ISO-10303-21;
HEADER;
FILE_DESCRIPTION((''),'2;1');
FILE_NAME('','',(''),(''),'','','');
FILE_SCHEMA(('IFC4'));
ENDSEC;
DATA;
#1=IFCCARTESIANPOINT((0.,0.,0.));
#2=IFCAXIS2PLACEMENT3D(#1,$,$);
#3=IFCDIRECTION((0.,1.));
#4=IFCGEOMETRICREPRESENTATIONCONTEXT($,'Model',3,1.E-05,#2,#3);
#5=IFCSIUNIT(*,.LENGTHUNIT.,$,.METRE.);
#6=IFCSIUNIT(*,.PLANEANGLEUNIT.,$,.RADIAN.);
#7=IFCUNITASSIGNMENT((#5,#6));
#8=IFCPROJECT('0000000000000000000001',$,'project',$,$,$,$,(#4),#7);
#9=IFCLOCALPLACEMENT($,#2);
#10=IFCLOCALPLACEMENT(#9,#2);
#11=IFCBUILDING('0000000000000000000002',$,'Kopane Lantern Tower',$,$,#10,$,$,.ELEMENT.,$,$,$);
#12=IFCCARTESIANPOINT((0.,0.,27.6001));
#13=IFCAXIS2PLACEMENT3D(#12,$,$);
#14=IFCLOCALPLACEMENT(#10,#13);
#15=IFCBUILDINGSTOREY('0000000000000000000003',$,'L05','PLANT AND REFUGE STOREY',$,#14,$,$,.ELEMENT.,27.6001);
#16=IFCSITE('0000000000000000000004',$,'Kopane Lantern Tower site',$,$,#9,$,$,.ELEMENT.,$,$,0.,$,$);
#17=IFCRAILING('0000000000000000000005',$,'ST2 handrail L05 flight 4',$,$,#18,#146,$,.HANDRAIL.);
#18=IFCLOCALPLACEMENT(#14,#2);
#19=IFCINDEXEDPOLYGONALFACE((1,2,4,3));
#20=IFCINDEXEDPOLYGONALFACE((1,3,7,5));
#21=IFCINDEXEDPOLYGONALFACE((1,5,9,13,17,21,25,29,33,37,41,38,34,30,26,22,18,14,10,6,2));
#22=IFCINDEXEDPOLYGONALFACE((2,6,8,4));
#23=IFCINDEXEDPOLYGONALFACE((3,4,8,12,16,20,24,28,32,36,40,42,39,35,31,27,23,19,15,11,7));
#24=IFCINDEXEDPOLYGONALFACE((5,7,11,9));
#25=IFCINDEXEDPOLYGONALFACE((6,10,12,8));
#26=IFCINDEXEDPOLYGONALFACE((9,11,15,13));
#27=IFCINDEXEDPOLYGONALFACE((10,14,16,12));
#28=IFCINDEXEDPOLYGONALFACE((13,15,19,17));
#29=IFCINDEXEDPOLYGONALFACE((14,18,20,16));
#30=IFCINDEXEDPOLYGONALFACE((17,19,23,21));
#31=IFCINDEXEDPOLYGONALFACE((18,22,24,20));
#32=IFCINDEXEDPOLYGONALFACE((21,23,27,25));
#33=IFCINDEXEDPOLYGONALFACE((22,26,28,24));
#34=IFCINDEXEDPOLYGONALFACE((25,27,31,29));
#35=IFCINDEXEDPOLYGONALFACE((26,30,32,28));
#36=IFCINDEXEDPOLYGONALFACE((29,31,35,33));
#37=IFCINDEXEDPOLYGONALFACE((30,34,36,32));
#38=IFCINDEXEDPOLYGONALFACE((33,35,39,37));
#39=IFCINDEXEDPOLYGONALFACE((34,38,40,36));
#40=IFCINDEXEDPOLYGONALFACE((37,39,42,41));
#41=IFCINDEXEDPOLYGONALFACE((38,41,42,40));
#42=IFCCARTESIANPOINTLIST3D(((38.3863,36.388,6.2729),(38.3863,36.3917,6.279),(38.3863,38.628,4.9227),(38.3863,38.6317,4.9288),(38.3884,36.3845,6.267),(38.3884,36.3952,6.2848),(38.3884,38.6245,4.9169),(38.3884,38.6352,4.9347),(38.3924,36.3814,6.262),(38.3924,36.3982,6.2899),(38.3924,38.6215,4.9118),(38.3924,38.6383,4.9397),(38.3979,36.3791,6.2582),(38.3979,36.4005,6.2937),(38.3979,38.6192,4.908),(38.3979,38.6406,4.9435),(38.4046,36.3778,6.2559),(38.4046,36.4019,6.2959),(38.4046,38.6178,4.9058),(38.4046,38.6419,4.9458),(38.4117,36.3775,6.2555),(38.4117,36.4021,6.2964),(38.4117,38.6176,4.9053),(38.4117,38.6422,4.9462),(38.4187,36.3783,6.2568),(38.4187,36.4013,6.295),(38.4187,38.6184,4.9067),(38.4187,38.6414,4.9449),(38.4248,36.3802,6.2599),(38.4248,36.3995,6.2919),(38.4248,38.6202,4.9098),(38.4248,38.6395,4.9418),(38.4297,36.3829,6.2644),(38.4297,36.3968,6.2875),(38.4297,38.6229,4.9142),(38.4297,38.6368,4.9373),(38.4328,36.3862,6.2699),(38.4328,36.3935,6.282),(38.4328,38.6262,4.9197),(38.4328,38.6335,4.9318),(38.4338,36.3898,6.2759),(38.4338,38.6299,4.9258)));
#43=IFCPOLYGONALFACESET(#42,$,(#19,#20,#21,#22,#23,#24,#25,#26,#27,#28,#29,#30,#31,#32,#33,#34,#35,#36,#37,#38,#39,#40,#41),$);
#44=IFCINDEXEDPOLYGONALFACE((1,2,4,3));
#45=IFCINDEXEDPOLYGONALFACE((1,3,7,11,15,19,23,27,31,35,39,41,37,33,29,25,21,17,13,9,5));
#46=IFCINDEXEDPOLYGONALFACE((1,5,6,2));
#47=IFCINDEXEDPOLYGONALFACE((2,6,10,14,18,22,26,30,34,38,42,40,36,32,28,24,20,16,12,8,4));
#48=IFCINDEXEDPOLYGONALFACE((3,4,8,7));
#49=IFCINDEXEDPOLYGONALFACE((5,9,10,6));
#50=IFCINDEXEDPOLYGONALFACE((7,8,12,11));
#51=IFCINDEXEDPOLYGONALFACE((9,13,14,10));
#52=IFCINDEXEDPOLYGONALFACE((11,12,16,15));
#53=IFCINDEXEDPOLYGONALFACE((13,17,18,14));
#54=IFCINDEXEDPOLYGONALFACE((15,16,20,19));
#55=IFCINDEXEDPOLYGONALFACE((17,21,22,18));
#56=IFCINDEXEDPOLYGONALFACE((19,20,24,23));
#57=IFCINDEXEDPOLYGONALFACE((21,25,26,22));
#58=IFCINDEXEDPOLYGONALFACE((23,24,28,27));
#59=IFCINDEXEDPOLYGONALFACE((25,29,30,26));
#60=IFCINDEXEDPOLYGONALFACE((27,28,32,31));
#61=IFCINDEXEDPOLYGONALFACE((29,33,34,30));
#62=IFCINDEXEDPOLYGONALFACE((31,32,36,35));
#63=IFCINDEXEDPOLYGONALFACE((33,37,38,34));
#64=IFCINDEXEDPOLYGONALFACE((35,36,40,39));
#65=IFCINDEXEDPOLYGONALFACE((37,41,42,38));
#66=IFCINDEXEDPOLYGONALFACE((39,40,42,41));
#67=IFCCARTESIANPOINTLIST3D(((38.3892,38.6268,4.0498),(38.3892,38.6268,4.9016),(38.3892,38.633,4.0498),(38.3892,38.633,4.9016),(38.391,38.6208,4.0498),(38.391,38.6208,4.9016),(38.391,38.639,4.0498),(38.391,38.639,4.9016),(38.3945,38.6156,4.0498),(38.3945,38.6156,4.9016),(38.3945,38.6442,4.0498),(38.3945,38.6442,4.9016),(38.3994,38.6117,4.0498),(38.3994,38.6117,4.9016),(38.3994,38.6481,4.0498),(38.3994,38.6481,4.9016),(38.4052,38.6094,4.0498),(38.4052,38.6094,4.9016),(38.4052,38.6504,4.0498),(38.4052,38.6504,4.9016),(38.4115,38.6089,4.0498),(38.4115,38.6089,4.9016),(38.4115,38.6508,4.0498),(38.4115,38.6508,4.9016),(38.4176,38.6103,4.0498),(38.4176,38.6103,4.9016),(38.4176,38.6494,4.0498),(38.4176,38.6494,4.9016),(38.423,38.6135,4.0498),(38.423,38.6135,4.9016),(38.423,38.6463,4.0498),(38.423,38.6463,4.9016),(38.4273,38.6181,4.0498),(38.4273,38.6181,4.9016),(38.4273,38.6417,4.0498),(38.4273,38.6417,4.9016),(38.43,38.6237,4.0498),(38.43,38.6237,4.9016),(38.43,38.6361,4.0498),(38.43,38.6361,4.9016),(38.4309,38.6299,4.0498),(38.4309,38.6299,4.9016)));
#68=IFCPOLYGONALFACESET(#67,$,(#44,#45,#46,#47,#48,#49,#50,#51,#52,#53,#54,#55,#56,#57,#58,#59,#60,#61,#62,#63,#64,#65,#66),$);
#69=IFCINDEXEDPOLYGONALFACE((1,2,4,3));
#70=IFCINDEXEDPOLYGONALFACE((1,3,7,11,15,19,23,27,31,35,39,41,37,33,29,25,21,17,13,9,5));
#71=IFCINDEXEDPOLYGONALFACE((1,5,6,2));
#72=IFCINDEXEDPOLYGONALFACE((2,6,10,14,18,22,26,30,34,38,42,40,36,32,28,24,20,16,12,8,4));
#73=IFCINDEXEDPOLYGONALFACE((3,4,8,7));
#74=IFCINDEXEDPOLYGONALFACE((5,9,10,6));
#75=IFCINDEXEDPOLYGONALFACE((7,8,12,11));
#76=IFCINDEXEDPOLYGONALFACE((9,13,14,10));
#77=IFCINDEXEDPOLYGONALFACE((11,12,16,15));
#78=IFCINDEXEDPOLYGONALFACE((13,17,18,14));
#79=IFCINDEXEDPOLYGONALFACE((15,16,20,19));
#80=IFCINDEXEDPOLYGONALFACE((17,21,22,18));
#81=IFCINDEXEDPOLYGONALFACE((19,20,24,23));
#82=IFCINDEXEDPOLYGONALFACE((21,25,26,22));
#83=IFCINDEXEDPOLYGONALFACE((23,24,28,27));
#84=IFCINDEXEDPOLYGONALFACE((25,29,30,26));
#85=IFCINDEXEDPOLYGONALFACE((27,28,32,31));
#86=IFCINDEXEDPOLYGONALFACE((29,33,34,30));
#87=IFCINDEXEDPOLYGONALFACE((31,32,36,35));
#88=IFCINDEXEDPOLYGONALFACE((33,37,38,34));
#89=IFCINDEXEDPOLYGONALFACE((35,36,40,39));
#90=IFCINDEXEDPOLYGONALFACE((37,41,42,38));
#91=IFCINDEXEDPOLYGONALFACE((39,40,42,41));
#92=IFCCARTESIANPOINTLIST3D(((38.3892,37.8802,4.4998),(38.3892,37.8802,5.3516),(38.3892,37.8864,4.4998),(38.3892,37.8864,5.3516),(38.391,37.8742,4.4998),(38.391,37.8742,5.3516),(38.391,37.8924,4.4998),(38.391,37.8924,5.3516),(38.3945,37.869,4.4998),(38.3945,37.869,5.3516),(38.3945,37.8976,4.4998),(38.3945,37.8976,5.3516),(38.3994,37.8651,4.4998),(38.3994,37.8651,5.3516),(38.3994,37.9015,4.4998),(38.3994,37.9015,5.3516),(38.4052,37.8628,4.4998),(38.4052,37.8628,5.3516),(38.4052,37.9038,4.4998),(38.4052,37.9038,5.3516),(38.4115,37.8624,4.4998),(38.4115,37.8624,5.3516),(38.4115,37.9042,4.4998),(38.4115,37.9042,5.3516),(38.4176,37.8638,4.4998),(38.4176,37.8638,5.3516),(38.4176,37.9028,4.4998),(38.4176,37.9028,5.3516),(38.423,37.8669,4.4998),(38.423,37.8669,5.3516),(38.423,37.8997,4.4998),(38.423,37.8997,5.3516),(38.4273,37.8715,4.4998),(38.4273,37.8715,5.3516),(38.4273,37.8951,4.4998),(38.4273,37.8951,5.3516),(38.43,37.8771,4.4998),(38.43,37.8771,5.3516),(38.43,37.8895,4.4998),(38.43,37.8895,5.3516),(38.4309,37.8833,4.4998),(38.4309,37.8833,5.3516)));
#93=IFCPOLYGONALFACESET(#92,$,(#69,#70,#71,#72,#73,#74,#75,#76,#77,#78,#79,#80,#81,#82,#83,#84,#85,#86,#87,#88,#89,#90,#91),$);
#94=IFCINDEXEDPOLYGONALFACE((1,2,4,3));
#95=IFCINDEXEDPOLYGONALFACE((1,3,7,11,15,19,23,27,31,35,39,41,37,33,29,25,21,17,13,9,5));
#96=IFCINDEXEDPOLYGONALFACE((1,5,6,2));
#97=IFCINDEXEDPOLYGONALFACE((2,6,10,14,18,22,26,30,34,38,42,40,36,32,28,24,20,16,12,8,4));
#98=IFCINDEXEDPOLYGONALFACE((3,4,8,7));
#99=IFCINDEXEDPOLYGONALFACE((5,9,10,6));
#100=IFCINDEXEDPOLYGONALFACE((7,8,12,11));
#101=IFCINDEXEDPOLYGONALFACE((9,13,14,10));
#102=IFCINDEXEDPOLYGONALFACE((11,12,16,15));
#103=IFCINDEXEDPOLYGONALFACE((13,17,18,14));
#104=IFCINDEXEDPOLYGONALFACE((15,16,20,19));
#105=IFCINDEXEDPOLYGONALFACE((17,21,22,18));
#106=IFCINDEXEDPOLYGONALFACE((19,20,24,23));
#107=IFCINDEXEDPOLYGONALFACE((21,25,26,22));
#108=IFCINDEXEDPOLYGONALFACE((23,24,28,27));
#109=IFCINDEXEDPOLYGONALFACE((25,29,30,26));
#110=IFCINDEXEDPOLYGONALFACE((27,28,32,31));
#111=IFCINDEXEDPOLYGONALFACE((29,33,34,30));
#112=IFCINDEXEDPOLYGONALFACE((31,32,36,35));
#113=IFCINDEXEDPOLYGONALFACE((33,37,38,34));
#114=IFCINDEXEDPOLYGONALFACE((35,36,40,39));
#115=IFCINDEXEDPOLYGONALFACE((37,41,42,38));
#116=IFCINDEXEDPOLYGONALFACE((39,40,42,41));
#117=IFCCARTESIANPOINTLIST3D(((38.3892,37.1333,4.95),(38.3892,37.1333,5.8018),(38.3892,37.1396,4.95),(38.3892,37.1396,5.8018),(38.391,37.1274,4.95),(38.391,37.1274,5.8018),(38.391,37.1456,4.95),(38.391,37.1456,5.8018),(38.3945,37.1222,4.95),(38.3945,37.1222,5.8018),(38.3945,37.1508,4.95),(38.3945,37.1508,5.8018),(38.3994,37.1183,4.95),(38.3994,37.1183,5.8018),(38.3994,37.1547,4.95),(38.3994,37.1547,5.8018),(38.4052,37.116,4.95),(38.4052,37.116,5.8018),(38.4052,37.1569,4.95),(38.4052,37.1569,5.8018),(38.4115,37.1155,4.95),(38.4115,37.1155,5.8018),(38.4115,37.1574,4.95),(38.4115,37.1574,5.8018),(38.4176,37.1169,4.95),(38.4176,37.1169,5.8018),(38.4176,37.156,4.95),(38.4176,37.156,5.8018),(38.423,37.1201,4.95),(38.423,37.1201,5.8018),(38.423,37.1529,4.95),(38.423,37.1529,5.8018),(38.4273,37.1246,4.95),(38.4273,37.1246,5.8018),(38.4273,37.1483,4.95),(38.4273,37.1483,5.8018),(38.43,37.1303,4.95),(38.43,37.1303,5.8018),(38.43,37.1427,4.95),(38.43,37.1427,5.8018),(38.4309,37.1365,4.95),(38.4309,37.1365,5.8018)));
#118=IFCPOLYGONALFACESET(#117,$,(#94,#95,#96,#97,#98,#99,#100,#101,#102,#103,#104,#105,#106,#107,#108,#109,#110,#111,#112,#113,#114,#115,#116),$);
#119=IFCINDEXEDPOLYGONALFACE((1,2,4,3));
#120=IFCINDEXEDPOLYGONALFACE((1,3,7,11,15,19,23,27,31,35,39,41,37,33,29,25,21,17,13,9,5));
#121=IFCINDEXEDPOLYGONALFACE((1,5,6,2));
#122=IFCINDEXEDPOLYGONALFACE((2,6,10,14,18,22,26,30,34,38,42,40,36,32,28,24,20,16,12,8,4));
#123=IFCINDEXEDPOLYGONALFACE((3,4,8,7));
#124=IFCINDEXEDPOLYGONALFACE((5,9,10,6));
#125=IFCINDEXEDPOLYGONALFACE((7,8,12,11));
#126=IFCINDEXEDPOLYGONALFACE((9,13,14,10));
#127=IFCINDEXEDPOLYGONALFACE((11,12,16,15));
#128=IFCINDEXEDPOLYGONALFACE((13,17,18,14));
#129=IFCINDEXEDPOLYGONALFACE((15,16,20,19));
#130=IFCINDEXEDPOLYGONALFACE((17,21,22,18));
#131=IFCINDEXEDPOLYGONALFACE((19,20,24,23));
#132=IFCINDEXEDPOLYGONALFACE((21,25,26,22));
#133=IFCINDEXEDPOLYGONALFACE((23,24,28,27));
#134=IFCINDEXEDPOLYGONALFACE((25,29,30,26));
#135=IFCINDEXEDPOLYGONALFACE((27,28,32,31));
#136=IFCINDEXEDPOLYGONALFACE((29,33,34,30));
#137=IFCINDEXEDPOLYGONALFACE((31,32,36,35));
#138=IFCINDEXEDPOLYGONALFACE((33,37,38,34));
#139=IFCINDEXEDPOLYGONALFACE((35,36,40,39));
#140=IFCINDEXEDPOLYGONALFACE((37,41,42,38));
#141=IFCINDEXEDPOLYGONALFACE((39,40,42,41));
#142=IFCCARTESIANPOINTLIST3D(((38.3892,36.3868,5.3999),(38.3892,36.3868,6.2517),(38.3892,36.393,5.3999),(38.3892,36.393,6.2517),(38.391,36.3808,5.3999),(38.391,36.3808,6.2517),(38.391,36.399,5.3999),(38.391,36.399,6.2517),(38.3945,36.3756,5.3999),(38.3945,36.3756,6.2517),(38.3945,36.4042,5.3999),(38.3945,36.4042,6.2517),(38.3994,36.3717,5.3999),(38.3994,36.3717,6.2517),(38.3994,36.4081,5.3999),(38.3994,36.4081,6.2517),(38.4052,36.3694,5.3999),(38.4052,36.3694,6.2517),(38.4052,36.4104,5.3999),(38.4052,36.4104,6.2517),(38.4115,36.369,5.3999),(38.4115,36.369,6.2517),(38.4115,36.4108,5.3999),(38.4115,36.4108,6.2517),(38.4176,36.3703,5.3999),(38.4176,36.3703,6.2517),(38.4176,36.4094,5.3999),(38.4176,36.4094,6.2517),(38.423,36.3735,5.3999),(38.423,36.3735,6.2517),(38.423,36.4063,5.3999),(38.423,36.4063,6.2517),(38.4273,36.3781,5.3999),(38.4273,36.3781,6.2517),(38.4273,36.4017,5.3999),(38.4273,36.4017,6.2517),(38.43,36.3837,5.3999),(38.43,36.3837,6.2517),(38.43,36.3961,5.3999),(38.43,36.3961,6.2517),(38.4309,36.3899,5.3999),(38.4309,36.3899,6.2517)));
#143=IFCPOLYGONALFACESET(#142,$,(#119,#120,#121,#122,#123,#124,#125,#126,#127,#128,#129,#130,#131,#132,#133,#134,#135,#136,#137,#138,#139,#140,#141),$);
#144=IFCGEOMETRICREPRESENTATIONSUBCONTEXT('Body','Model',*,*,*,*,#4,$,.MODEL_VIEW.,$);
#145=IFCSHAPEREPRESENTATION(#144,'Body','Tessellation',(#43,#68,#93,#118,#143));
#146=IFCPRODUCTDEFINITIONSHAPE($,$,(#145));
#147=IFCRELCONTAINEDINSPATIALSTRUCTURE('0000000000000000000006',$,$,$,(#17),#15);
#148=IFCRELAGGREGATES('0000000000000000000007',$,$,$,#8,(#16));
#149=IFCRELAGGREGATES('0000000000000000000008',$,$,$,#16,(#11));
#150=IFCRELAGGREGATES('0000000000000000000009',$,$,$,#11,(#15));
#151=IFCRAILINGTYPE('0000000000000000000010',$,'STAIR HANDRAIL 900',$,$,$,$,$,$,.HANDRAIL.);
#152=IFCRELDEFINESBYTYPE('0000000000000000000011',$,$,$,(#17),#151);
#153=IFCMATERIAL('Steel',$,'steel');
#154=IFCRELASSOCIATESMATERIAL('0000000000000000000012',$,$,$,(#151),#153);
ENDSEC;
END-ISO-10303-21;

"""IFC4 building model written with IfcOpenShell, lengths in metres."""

from ifc_helpers import new_model, si_unit, direction, frame, origin, origin_2d, place, context, subcontext, project, spatial, circle, extrude, material, type_object, element, save


model = new_model("IFC4")

# Units and contexts
model_context = context("Model", 3, precision=1e-05, world=origin(), true_north=direction((0.0, 1.0)))
body_context = subcontext(model_context, "Body", "Model", "MODEL_VIEW")
ifc_project = project(units=[si_unit("LENGTHUNIT", "METRE"), si_unit("PLANEANGLEUNIT", "RADIAN")], contexts=[model_context])

# Site, building, storey
site_placement = place(None, origin())
site = spatial("IfcSite", under=ifc_project, at=site_placement, Name="Kopane Lantern Tower site", CompositionType="ELEMENT", RefElevation=0.0)
building_placement = place(site_placement, origin())
building = spatial("IfcBuilding", under=site, at=building_placement, Name="Kopane Lantern Tower", CompositionType="ELEMENT")
storey_placement = place(building_placement, frame((0.0, 0.0, 27.6001)))
storey = spatial("IfcBuildingStorey", under=building, at=storey_placement, Name="L05", Description="PLANT AND REFUGE STOREY", CompositionType="ELEMENT", Elevation=27.6001)

# Railing
ifc_material_1 = material(Name="Steel", Category="steel")
railing_type = type_object("IfcRailingType", Name="STAIR HANDRAIL 900", PredefinedType="HANDRAIL", material=ifc_material_1)
for number, where, name in (
    (1, (38.4099, 38.6299, 4.0498), "ST2 handrail L05 flight 4"),
):
    element("IfcRailing", number, at=place(storey_placement, frame(where)), inside=storey, type_object=railing_type, Name=name, PredefinedType="HANDRAIL", context=body_context, shape_type="SweptSolid", body=[
        extrude(circle(Radius=0.0239, at=origin_2d()), frame((0.0, 0.0, 0.876), z_axis=(0.0, -0.856462, 0.516211), x_axis=(1.0, 0.0, 0.0)), (0.0, 0.0, 1.0), 2.6155),
        extrude(circle(Radius=0.021, at=origin_2d()), origin(), (0.0, 0.0, 1.0), 0.8518),
        extrude(circle(Radius=0.021, at=origin_2d()), frame((0.0, -0.7466, 0.45)), (0.0, 0.0, 1.0), 0.8518),
        extrude(circle(Radius=0.021, at=origin_2d()), frame((0.0, -1.4934, 0.9001)), (0.0, 0.0, 1.0), 0.8518),
        extrude(circle(Radius=0.021, at=origin_2d()), frame((0.0, -2.24, 1.3501)), (0.0, 0.0, 1.0), 0.8518),
    ])

save(model, "model.ifc")
